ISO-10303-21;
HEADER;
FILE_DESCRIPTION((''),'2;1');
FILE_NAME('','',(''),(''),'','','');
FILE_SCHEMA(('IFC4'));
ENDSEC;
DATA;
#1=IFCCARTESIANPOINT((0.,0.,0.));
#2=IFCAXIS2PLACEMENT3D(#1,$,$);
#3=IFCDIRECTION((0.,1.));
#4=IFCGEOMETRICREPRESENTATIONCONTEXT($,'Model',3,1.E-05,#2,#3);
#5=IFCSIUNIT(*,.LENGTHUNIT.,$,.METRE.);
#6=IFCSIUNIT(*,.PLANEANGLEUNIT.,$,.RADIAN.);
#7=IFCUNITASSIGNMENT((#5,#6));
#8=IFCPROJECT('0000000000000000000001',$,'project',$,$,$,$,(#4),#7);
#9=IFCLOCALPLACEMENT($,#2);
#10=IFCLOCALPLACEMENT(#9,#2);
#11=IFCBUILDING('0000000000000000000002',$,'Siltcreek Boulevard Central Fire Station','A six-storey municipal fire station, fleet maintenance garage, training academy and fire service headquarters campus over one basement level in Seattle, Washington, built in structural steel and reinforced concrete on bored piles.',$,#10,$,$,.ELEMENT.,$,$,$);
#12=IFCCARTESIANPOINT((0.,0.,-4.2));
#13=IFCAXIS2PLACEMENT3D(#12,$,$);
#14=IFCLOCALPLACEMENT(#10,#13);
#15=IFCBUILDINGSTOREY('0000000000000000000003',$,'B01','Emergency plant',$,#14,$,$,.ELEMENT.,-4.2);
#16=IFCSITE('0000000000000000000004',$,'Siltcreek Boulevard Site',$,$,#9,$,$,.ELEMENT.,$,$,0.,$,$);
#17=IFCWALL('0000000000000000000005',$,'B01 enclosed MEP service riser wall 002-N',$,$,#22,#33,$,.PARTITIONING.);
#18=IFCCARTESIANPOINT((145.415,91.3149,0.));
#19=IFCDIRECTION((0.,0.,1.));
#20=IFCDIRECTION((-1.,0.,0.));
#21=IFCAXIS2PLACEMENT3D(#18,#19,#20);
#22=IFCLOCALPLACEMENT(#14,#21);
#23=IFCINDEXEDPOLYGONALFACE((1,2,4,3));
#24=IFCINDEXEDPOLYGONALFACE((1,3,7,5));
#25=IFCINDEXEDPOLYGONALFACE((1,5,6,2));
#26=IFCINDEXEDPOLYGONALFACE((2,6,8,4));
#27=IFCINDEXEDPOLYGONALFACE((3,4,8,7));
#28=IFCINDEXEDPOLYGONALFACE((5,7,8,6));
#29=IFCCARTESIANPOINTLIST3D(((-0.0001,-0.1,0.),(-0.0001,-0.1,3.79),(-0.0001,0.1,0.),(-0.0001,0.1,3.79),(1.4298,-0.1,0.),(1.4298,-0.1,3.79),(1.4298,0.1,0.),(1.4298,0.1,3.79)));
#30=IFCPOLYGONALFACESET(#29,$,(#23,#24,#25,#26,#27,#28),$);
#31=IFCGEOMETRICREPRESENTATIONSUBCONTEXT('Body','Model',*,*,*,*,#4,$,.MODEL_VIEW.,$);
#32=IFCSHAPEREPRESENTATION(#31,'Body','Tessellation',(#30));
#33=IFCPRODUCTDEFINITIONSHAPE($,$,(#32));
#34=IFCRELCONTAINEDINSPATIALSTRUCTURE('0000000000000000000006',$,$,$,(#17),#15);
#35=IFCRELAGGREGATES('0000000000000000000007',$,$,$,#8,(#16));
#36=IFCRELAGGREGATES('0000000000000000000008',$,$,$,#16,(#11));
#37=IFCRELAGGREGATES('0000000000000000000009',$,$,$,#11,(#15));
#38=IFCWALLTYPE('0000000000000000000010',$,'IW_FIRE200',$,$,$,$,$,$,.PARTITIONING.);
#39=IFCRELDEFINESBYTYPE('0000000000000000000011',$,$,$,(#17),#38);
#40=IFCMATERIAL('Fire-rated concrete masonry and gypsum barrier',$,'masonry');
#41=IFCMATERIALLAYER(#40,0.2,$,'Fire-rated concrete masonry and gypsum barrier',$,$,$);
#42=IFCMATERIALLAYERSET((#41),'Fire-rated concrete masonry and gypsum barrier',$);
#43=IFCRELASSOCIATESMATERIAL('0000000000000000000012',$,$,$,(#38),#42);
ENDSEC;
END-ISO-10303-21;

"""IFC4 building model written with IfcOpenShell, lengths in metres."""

from ifc_helpers import new_model, si_unit, direction, frame, frame_2d, origin, place, context, subcontext, project, spatial, rectangle, extrude, material, layer, layer_set, type_object, element, save


model = new_model("IFC4")

# Units and contexts
model_context = context("Model", 3, precision=1e-05, world=origin(), true_north=direction((0.0, 1.0)))
body_context = subcontext(model_context, "Body", "Model", "MODEL_VIEW")
ifc_project = project(units=[si_unit("LENGTHUNIT", "METRE"), si_unit("PLANEANGLEUNIT", "RADIAN")], contexts=[model_context])

# Site, building, storey
site_placement = place(None, origin())
site = spatial("IfcSite", under=ifc_project, at=site_placement, Name="Siltcreek Boulevard Site", CompositionType="ELEMENT", RefElevation=0.0)
building_placement = place(site_placement, origin())
building = spatial("IfcBuilding", under=site, at=building_placement, Name="Siltcreek Boulevard Central Fire Station", Description="A six-storey municipal fire station, fleet maintenance garage, training academy and fire service headquarters campus over one basement level in Seattle, Washington, built in structural steel and reinforced concrete on bored piles.", CompositionType="ELEMENT")
storey_placement = place(building_placement, frame((0.0, 0.0, -4.2)))
storey = spatial("IfcBuildingStorey", under=building, at=storey_placement, Name="B01", Description="Emergency plant", CompositionType="ELEMENT", Elevation=-4.2)

# Wall
ifc_material_1 = material(Name="Fire-rated concrete masonry and gypsum barrier", Category="masonry")
ifc_layer_1 = layer(ifc_material_1, 0.2, Name="Fire-rated concrete masonry and gypsum barrier")
ifc_layer_set_1 = layer_set([ifc_layer_1], Name="Fire-rated concrete masonry and gypsum barrier")
wall_type_1 = type_object("IfcWallType", Name="IW_FIRE200", PredefinedType="PARTITIONING", material=ifc_layer_set_1)
wall_1_placement = place(storey_placement, frame((145.415, 91.3149, 0.0), z_axis=(0.0, 0.0, 1.0), x_axis=(-1.0, 0.0, 0.0)))
element("IfcWall", 1, at=wall_1_placement, inside=storey, type_object=wall_type_1, Name="B01 enclosed MEP service riser wall 002-N", PredefinedType="PARTITIONING", context=body_context, shape_type="SweptSolid", body=[
    extrude(rectangle(XDim=1.4299, YDim=0.2, at=frame_2d((0.7148, 0.0))), origin(), (0.0, 0.0, 1.0), 3.79),
])

save(model, "model.ifc")
